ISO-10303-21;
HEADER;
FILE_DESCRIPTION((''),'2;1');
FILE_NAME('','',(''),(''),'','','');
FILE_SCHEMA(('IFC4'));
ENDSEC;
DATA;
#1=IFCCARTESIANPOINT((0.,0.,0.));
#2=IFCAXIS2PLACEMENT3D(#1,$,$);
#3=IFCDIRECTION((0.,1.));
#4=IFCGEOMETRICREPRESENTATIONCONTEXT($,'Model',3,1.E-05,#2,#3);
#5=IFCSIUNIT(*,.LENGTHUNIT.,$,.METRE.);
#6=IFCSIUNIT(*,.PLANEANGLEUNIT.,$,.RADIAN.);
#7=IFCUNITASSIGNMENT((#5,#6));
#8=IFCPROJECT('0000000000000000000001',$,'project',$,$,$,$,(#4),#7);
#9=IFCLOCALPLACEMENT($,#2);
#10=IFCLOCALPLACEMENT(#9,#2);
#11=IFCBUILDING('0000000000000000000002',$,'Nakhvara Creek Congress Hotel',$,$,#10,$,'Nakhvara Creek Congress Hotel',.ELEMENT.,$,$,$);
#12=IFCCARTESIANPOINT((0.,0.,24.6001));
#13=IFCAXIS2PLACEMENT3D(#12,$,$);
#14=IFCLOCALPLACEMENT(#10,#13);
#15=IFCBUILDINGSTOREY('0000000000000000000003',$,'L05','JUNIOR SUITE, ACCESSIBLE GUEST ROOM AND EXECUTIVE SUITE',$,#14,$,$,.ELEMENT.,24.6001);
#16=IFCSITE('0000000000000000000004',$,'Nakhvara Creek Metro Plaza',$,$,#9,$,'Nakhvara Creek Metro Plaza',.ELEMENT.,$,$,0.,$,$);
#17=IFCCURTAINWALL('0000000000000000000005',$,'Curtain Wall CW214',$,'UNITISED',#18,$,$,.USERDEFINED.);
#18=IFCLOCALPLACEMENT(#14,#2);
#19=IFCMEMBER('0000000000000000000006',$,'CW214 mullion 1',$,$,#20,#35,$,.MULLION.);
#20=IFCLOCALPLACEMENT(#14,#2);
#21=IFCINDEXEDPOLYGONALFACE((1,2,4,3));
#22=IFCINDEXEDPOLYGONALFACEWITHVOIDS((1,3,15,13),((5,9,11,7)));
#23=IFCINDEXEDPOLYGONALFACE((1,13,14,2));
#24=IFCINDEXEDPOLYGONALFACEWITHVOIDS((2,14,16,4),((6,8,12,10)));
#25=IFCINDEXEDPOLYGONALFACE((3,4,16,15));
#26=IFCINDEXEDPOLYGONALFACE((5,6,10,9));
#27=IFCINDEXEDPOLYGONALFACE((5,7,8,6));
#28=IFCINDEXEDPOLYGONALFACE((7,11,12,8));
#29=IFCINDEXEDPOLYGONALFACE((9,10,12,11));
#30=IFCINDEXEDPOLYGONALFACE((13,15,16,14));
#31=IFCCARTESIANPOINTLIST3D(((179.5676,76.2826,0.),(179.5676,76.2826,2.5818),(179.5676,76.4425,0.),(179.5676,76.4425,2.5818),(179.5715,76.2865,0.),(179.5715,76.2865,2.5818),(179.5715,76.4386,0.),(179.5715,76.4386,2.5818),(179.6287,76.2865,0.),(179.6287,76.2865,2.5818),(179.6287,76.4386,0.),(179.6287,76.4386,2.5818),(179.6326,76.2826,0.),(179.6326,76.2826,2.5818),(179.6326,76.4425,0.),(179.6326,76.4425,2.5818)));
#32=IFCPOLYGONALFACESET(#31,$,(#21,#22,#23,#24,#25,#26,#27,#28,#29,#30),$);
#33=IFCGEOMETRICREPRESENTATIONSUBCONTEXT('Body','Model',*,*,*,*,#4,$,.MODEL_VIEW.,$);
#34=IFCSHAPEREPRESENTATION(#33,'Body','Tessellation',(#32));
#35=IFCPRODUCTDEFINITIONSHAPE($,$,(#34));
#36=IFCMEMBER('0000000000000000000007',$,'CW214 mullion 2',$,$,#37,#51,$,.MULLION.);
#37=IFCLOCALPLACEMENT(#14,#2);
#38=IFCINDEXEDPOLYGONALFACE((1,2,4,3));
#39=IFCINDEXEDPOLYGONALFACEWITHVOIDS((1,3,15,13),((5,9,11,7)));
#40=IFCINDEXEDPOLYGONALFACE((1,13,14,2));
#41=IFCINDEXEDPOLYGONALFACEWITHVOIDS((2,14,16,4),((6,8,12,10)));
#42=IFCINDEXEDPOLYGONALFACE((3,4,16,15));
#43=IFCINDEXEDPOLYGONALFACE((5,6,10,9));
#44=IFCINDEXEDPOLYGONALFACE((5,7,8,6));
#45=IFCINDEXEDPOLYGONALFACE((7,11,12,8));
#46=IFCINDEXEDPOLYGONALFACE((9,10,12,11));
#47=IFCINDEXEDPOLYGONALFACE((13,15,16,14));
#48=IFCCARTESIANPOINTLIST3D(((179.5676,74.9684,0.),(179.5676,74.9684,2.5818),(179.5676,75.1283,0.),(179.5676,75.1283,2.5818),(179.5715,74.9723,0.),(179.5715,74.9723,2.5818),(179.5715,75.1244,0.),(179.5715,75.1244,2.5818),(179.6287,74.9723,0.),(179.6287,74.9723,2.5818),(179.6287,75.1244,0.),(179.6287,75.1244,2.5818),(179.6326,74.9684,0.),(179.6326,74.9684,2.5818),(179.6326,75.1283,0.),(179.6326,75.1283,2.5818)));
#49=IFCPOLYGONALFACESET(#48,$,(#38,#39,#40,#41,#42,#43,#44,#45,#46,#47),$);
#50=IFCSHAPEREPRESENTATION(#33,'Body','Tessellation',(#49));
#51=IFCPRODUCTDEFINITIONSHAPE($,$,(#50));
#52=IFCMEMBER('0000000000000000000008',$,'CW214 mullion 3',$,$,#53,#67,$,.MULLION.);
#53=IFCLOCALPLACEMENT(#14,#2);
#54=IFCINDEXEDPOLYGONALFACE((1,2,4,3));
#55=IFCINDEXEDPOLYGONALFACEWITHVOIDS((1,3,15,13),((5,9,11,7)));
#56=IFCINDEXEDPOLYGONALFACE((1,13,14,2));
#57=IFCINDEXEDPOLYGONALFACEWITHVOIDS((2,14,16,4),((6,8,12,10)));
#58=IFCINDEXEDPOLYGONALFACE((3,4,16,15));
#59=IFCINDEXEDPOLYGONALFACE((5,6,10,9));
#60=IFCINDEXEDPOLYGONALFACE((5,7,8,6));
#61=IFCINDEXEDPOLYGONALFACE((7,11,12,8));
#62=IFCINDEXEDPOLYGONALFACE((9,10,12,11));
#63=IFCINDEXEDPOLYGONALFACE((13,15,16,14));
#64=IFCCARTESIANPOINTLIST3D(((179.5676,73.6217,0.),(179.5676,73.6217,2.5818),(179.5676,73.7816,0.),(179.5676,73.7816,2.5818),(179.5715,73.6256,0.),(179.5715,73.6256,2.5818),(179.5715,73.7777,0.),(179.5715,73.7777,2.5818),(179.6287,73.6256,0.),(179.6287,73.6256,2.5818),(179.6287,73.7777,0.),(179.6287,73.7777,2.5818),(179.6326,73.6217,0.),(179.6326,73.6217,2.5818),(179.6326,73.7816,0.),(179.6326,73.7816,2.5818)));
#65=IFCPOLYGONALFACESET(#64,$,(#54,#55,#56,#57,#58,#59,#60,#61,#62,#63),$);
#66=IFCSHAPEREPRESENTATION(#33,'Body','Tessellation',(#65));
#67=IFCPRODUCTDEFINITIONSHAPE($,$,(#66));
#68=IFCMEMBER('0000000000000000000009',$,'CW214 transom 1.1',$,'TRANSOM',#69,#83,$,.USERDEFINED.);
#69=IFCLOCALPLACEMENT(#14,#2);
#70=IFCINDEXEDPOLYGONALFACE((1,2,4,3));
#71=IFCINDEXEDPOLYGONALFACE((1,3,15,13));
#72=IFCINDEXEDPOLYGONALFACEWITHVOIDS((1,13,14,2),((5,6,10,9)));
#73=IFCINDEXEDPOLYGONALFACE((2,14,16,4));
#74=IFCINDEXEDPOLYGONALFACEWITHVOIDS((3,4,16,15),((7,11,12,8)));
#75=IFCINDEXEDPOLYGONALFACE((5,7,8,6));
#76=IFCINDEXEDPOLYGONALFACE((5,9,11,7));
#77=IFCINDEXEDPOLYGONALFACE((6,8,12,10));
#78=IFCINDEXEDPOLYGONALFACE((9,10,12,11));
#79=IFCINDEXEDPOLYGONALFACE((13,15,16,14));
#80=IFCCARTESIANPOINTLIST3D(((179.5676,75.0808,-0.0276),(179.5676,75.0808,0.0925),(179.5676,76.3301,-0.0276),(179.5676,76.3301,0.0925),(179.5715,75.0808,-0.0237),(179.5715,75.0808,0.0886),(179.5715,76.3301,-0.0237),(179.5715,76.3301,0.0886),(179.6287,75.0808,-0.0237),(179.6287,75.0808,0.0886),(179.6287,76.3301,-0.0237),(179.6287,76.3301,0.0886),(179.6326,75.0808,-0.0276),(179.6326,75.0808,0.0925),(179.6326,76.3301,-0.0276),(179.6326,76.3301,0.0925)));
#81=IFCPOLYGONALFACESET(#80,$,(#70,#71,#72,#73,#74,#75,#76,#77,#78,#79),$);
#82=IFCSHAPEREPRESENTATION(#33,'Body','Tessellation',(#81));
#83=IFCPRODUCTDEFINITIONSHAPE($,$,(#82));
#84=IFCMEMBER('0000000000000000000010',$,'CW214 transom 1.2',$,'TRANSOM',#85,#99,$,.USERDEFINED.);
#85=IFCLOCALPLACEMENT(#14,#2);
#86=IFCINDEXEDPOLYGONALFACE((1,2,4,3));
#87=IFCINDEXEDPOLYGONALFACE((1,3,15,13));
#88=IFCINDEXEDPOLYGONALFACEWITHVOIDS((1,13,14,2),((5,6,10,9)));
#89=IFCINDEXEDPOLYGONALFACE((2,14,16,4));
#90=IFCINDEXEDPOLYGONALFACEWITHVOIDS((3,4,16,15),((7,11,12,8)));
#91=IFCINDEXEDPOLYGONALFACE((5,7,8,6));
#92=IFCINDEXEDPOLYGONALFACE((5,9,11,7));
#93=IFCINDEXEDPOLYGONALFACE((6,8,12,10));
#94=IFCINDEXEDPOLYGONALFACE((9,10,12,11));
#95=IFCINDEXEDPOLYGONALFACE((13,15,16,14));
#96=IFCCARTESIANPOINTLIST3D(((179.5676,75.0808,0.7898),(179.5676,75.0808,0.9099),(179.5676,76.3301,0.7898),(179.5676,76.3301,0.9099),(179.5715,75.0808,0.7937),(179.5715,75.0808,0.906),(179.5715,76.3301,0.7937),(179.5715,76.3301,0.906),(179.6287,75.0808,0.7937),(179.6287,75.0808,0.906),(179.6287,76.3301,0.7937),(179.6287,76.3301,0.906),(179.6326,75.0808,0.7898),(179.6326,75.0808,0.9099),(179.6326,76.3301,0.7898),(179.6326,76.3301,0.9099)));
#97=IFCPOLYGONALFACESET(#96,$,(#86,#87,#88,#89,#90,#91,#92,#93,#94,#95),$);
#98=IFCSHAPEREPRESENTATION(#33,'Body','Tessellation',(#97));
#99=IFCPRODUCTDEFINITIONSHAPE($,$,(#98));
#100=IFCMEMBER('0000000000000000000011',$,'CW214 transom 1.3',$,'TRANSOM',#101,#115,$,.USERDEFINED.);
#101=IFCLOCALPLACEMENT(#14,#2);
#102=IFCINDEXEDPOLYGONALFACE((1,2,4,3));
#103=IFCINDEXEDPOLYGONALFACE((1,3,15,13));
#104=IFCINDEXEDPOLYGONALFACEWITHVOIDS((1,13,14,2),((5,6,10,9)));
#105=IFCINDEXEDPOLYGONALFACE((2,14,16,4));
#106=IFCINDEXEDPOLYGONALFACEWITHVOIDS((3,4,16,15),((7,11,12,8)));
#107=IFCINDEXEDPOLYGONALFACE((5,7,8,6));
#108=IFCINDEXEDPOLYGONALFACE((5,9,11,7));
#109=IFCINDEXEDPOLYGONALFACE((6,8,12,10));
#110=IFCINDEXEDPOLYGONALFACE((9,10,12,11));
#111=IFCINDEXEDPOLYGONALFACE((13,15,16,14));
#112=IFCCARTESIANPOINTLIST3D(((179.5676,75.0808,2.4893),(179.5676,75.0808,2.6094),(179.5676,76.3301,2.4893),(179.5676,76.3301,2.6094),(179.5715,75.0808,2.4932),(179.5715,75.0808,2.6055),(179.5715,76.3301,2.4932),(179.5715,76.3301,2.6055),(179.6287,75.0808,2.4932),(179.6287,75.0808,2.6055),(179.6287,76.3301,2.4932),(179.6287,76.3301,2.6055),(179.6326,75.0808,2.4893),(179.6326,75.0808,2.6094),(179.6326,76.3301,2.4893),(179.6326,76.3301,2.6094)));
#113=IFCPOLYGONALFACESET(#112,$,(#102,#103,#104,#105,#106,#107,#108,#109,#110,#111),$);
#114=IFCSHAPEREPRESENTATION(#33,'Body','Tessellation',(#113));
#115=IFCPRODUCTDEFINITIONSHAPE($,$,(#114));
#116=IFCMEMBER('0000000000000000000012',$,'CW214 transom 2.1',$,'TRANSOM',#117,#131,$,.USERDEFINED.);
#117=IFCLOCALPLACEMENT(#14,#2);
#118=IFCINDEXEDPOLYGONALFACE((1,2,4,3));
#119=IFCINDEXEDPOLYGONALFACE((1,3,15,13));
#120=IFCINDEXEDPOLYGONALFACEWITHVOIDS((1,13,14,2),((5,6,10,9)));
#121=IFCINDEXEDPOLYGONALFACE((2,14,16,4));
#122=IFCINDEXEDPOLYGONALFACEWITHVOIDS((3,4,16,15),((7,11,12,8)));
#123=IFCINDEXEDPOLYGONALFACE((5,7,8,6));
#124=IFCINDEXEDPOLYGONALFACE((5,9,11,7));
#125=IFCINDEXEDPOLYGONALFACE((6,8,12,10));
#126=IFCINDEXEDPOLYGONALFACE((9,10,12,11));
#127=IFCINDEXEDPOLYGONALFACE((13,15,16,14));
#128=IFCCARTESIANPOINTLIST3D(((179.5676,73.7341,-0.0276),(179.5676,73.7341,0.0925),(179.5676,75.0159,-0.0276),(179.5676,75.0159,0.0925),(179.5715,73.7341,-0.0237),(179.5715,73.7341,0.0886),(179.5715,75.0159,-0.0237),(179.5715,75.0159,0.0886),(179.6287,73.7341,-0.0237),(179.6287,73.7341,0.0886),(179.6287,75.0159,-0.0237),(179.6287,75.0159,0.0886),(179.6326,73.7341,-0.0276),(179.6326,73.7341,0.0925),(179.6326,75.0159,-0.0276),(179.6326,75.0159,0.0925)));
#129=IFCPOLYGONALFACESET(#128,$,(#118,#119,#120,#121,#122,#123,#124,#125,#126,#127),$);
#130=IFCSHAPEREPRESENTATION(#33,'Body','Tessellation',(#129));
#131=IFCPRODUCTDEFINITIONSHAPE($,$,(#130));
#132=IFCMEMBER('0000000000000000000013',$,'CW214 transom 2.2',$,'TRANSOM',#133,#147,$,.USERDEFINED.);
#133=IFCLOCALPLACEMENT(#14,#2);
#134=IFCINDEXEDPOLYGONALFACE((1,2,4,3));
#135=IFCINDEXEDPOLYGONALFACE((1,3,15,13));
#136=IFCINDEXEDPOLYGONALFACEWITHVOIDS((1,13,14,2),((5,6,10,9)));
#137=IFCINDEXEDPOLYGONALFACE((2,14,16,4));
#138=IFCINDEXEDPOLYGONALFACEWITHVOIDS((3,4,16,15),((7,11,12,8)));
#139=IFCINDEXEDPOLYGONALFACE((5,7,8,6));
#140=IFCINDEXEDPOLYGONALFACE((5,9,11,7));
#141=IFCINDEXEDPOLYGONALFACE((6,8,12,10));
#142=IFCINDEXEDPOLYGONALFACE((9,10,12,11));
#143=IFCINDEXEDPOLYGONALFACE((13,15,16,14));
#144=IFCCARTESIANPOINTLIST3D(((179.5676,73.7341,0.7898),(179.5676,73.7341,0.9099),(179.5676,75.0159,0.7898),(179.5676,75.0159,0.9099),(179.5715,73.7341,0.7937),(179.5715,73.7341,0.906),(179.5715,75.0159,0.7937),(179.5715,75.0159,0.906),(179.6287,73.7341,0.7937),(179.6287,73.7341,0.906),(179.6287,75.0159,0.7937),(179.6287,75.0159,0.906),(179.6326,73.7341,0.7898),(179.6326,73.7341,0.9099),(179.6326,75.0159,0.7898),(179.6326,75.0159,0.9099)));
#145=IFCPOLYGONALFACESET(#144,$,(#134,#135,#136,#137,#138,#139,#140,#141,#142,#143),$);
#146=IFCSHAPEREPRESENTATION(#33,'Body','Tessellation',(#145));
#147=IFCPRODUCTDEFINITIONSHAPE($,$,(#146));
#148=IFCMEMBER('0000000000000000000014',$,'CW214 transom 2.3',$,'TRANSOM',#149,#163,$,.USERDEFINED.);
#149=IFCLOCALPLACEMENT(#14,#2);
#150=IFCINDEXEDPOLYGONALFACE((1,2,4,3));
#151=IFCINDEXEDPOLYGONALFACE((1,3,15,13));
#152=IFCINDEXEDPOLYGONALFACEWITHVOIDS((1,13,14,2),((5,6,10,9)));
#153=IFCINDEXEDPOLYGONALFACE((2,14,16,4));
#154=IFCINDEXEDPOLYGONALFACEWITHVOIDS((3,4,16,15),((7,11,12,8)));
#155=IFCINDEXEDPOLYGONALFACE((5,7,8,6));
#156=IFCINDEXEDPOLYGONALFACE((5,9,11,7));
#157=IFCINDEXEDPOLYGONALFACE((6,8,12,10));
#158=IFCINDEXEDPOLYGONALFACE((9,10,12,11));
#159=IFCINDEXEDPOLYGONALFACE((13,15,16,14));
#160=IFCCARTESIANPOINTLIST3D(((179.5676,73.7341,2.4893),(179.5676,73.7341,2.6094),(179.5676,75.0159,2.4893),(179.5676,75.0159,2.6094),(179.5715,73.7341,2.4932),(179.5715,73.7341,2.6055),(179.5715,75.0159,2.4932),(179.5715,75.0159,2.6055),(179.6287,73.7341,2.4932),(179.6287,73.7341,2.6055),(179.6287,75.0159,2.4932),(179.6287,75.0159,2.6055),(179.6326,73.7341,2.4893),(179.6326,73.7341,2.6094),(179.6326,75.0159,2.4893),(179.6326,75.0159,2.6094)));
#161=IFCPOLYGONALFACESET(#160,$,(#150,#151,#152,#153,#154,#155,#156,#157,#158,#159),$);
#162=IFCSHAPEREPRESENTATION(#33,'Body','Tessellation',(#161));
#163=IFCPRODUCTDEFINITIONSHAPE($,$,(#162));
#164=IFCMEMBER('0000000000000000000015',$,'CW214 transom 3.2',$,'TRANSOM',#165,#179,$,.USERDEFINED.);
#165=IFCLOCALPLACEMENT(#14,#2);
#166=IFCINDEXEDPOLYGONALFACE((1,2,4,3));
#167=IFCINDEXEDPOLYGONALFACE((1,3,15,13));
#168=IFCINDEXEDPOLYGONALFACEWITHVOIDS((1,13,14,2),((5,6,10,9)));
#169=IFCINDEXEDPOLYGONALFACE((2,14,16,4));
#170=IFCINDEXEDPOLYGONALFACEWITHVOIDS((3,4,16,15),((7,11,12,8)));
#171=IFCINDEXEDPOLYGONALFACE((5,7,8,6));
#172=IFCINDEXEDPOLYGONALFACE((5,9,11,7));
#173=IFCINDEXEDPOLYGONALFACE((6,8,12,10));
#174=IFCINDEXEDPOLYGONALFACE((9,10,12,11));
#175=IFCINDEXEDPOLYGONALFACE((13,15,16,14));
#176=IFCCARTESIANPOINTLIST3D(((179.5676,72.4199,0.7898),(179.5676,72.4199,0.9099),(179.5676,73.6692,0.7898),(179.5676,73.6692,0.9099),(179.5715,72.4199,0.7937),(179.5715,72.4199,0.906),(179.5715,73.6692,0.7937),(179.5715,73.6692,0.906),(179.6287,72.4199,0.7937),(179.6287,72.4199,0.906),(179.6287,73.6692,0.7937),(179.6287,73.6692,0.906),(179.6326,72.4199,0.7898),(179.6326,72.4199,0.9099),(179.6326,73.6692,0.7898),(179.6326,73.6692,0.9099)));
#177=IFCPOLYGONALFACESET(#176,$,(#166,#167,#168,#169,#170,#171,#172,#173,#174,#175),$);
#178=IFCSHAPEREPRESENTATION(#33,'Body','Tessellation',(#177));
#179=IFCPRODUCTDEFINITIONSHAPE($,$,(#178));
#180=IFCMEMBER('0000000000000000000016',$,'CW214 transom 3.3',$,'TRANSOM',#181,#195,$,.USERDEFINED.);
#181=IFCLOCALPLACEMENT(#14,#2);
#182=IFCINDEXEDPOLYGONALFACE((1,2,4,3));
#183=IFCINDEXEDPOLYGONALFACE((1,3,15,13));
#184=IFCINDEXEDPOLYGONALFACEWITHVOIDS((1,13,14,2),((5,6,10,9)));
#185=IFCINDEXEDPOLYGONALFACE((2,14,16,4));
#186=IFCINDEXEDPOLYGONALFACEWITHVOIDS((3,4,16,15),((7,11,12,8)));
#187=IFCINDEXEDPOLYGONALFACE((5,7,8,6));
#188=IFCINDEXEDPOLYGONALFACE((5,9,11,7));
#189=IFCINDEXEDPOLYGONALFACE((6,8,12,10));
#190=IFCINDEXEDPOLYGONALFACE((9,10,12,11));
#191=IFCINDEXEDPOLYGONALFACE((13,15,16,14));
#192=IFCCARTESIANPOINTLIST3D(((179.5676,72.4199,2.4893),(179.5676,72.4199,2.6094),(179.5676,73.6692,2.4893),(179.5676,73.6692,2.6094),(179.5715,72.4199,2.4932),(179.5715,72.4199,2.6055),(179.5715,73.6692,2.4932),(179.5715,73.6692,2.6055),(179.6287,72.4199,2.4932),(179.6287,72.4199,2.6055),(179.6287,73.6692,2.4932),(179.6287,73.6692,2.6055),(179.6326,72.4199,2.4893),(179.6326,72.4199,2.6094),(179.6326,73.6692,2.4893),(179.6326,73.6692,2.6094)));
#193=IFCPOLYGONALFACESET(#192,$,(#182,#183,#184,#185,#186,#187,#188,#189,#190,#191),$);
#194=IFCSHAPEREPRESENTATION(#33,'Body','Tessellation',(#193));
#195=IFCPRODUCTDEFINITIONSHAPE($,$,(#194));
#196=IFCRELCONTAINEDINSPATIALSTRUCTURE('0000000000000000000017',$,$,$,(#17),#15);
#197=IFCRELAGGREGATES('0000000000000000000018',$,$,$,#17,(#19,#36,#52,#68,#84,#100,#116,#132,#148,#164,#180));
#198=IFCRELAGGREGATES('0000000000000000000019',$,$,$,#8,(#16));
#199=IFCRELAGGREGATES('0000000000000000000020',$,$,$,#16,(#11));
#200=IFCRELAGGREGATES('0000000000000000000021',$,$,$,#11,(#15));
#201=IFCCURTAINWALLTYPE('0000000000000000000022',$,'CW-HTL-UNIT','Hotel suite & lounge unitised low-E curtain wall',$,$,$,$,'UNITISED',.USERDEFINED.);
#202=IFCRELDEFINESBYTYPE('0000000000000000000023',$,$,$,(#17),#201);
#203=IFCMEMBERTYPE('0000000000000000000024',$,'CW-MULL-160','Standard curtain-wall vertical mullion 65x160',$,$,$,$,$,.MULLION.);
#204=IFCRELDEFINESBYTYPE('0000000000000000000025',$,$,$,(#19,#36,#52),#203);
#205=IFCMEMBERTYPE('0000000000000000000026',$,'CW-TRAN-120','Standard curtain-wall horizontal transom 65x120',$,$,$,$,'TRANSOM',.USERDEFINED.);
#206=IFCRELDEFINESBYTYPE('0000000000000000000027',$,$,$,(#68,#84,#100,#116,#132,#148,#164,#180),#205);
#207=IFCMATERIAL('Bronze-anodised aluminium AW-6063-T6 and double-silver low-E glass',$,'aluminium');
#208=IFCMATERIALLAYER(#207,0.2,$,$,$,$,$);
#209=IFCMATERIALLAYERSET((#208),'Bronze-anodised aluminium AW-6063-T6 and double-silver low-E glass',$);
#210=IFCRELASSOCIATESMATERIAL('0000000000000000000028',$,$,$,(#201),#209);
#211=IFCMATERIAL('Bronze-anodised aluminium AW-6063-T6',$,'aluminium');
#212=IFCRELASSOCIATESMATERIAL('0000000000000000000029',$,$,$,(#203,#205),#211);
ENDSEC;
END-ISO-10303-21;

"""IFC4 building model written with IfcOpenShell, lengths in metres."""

from ifc_helpers import new_model, si_unit, direction, frame, origin, origin_2d, place, context, subcontext, project, spatial, hollow_rectangle, extrude, material, layer, layer_set, material_profile, profile_set, type_object, element, aggregate, save


model = new_model("IFC4")

# Units and contexts
model_context = context("Model", 3, precision=1e-05, world=origin(), true_north=direction((0.0, 1.0)))
body_context = subcontext(model_context, "Body", "Model", "MODEL_VIEW")
ifc_project = project(units=[si_unit("LENGTHUNIT", "METRE"), si_unit("PLANEANGLEUNIT", "RADIAN")], contexts=[model_context])

# Site, building, storey
site_placement = place(None, origin())
site = spatial("IfcSite", under=ifc_project, at=site_placement, Name="Nakhvara Creek Metro Plaza", LongName="Nakhvara Creek Metro Plaza", CompositionType="ELEMENT", RefElevation=0.0)
building_placement = place(site_placement, origin())
building = spatial("IfcBuilding", under=site, at=building_placement, Name="Nakhvara Creek Congress Hotel", LongName="Nakhvara Creek Congress Hotel", CompositionType="ELEMENT")
storey_placement = place(building_placement, frame((0.0, 0.0, 24.6001)))
storey = spatial("IfcBuildingStorey", under=building, at=storey_placement, Name="L05", Description="JUNIOR SUITE, ACCESSIBLE GUEST ROOM AND EXECUTIVE SUITE", CompositionType="ELEMENT", Elevation=24.6001)

# Curtain wall, members
ifc_material_1 = material(Name="Bronze-anodised aluminium AW-6063-T6 and double-silver low-E glass", Category="aluminium")
ifc_layer_1 = layer(ifc_material_1, 0.2)
ifc_layer_set_1 = layer_set([ifc_layer_1], Name="Bronze-anodised aluminium AW-6063-T6 and double-silver low-E glass")
curtain_wall_type = type_object("IfcCurtainWallType", Name="CW-HTL-UNIT", Description="Hotel suite & lounge unitised low-E curtain wall", ElementType="UNITISED", PredefinedType="USERDEFINED", material=ifc_layer_set_1)
curtain_wall_placement = place(storey_placement, origin())
curtain_wall = element("IfcCurtainWall", 1, at=curtain_wall_placement, inside=storey, type_object=curtain_wall_type, Name="Curtain Wall CW214", ObjectType="UNITISED", PredefinedType="USERDEFINED")
ifc_material_2 = material(Name="Bronze-anodised aluminium AW-6063-T6", Category="aluminium")
ifc_material_profile_1 = material_profile(ifc_material_2, hollow_rectangle(XDim=0.0649, YDim=0.1599, WallThickness=0.0039, at=origin_2d()), Name="ALU-MULL 65x160x4", Category="LoadBearing")
ifc_profile_set_1 = profile_set([ifc_material_profile_1], Name="Bronze-anodised aluminium AW-6063-T6")
member_type_1 = type_object("IfcMemberType", Name="CW-MULL-160", Description="Standard curtain-wall vertical mullion 65x160", PredefinedType="MULLION", material=ifc_profile_set_1)
member_1_placement = place(storey_placement, frame((179.6001, 76.3625, 0.0), z_axis=(0.0, 0.0, 1.0), x_axis=(1.0, 0.0, 0.0)))
member_1 = element("IfcMember", 2, at=member_1_placement, type_object=member_type_1, Name="CW214 mullion 1", PredefinedType="MULLION", context=body_context, shape_type="SweptSolid", body=[
    extrude(hollow_rectangle(XDim=0.0649, YDim=0.1599, WallThickness=0.0039, at=origin_2d()), origin(), (0.0, 0.0, 1.0), 2.5818),
])
member_2_placement = place(storey_placement, frame((179.6001, 75.0483, 0.0), z_axis=(0.0, 0.0, 1.0), x_axis=(1.0, 0.0, 0.0)))
member_2 = element("IfcMember", 3, at=member_2_placement, type_object=member_type_1, Name="CW214 mullion 2", PredefinedType="MULLION", context=body_context, shape_type="SweptSolid", body=[
    extrude(hollow_rectangle(XDim=0.0649, YDim=0.1599, WallThickness=0.0039, at=origin_2d()), origin(), (0.0, 0.0, 1.0), 2.5818),
])
member_3_placement = place(storey_placement, frame((179.6001, 73.7017, 0.0), z_axis=(0.0, 0.0, 1.0), x_axis=(1.0, 0.0, 0.0)))
member_3 = element("IfcMember", 4, at=member_3_placement, type_object=member_type_1, Name="CW214 mullion 3", PredefinedType="MULLION", context=body_context, shape_type="SweptSolid", body=[
    extrude(hollow_rectangle(XDim=0.0649, YDim=0.1599, WallThickness=0.0039, at=origin_2d()), origin(), (0.0, 0.0, 1.0), 2.5818),
])
ifc_material_profile_2 = material_profile(ifc_material_2, hollow_rectangle(XDim=0.0649, YDim=0.1201, WallThickness=0.0039, at=origin_2d()), Name="ALU-TRAN 65x120x4", Category="LoadBearing")
ifc_profile_set_2 = profile_set([ifc_material_profile_2], Name="Bronze-anodised aluminium AW-6063-T6")
member_type_2 = type_object("IfcMemberType", Name="CW-TRAN-120", Description="Standard curtain-wall horizontal transom 65x120", ElementType="TRANSOM", PredefinedType="USERDEFINED", material=ifc_profile_set_2)
member_4_placement = place(storey_placement, frame((179.6001, 76.3301, 0.0325), z_axis=(0.0, -1.0, 0.0), x_axis=(1.0, 0.0, 0.0)))
member_4 = element("IfcMember", 5, at=member_4_placement, type_object=member_type_2, Name="CW214 transom 1.1", ObjectType="TRANSOM", PredefinedType="USERDEFINED", context=body_context, shape_type="SweptSolid", body=[
    extrude(hollow_rectangle(XDim=0.0649, YDim=0.1201, WallThickness=0.0039, at=origin_2d()), origin(), (0.0, 0.0, 1.0), 1.2493),
])
member_5_placement = place(storey_placement, frame((179.6001, 76.3301, 0.8499), z_axis=(0.0, -1.0, 0.0), x_axis=(1.0, 0.0, 0.0)))
member_5 = element("IfcMember", 6, at=member_5_placement, type_object=member_type_2, Name="CW214 transom 1.2", ObjectType="TRANSOM", PredefinedType="USERDEFINED", context=body_context, shape_type="SweptSolid", body=[
    extrude(hollow_rectangle(XDim=0.0649, YDim=0.1201, WallThickness=0.0039, at=origin_2d()), origin(), (0.0, 0.0, 1.0), 1.2493),
])
member_6_placement = place(storey_placement, frame((179.6001, 76.3301, 2.5493), z_axis=(0.0, -1.0, 0.0), x_axis=(1.0, 0.0, 0.0)))
member_6 = element("IfcMember", 7, at=member_6_placement, type_object=member_type_2, Name="CW214 transom 1.3", ObjectType="TRANSOM", PredefinedType="USERDEFINED", context=body_context, shape_type="SweptSolid", body=[
    extrude(hollow_rectangle(XDim=0.0649, YDim=0.1201, WallThickness=0.0039, at=origin_2d()), origin(), (0.0, 0.0, 1.0), 1.2493),
])
member_7_placement = place(storey_placement, frame((179.6001, 75.0159, 0.0325), z_axis=(0.0, -1.0, 0.0), x_axis=(1.0, 0.0, 0.0)))
member_7 = element("IfcMember", 8, at=member_7_placement, type_object=member_type_2, Name="CW214 transom 2.1", ObjectType="TRANSOM", PredefinedType="USERDEFINED", context=body_context, shape_type="SweptSolid", body=[
    extrude(hollow_rectangle(XDim=0.0649, YDim=0.1201, WallThickness=0.0039, at=origin_2d()), origin(), (0.0, 0.0, 1.0), 1.2817),
])
member_8_placement = place(storey_placement, frame((179.6001, 75.0159, 0.8499), z_axis=(0.0, -1.0, 0.0), x_axis=(1.0, 0.0, 0.0)))
member_8 = element("IfcMember", 9, at=member_8_placement, type_object=member_type_2, Name="CW214 transom 2.2", ObjectType="TRANSOM", PredefinedType="USERDEFINED", context=body_context, shape_type="SweptSolid", body=[
    extrude(hollow_rectangle(XDim=0.0649, YDim=0.1201, WallThickness=0.0039, at=origin_2d()), origin(), (0.0, 0.0, 1.0), 1.2817),
])
member_9_placement = place(storey_placement, frame((179.6001, 75.0159, 2.5493), z_axis=(0.0, -1.0, 0.0), x_axis=(1.0, 0.0, 0.0)))
member_9 = element("IfcMember", 10, at=member_9_placement, type_object=member_type_2, Name="CW214 transom 2.3", ObjectType="TRANSOM", PredefinedType="USERDEFINED", context=body_context, shape_type="SweptSolid", body=[
    extrude(hollow_rectangle(XDim=0.0649, YDim=0.1201, WallThickness=0.0039, at=origin_2d()), origin(), (0.0, 0.0, 1.0), 1.2817),
])
member_10_placement = place(storey_placement, frame((179.6001, 73.6692, 0.8499), z_axis=(0.0, -1.0, 0.0), x_axis=(1.0, 0.0, 0.0)))
member_10 = element("IfcMember", 11, at=member_10_placement, type_object=member_type_2, Name="CW214 transom 3.2", ObjectType="TRANSOM", PredefinedType="USERDEFINED", context=body_context, shape_type="SweptSolid", body=[
    extrude(hollow_rectangle(XDim=0.0649, YDim=0.1201, WallThickness=0.0039, at=origin_2d()), origin(), (0.0, 0.0, 1.0), 1.2493),
])
member_11_placement = place(storey_placement, frame((179.6001, 73.6692, 2.5493), z_axis=(0.0, -1.0, 0.0), x_axis=(1.0, 0.0, 0.0)))
member_11 = element("IfcMember", 12, at=member_11_placement, type_object=member_type_2, Name="CW214 transom 3.3", ObjectType="TRANSOM", PredefinedType="USERDEFINED", context=body_context, shape_type="SweptSolid", body=[
    extrude(hollow_rectangle(XDim=0.0649, YDim=0.1201, WallThickness=0.0039, at=origin_2d()), origin(), (0.0, 0.0, 1.0), 1.2493),
])
aggregate(curtain_wall, [member_1, member_2, member_3, member_4, member_5, member_6, member_7, member_8, member_9, member_10, member_11])

save(model, "model.ifc")
